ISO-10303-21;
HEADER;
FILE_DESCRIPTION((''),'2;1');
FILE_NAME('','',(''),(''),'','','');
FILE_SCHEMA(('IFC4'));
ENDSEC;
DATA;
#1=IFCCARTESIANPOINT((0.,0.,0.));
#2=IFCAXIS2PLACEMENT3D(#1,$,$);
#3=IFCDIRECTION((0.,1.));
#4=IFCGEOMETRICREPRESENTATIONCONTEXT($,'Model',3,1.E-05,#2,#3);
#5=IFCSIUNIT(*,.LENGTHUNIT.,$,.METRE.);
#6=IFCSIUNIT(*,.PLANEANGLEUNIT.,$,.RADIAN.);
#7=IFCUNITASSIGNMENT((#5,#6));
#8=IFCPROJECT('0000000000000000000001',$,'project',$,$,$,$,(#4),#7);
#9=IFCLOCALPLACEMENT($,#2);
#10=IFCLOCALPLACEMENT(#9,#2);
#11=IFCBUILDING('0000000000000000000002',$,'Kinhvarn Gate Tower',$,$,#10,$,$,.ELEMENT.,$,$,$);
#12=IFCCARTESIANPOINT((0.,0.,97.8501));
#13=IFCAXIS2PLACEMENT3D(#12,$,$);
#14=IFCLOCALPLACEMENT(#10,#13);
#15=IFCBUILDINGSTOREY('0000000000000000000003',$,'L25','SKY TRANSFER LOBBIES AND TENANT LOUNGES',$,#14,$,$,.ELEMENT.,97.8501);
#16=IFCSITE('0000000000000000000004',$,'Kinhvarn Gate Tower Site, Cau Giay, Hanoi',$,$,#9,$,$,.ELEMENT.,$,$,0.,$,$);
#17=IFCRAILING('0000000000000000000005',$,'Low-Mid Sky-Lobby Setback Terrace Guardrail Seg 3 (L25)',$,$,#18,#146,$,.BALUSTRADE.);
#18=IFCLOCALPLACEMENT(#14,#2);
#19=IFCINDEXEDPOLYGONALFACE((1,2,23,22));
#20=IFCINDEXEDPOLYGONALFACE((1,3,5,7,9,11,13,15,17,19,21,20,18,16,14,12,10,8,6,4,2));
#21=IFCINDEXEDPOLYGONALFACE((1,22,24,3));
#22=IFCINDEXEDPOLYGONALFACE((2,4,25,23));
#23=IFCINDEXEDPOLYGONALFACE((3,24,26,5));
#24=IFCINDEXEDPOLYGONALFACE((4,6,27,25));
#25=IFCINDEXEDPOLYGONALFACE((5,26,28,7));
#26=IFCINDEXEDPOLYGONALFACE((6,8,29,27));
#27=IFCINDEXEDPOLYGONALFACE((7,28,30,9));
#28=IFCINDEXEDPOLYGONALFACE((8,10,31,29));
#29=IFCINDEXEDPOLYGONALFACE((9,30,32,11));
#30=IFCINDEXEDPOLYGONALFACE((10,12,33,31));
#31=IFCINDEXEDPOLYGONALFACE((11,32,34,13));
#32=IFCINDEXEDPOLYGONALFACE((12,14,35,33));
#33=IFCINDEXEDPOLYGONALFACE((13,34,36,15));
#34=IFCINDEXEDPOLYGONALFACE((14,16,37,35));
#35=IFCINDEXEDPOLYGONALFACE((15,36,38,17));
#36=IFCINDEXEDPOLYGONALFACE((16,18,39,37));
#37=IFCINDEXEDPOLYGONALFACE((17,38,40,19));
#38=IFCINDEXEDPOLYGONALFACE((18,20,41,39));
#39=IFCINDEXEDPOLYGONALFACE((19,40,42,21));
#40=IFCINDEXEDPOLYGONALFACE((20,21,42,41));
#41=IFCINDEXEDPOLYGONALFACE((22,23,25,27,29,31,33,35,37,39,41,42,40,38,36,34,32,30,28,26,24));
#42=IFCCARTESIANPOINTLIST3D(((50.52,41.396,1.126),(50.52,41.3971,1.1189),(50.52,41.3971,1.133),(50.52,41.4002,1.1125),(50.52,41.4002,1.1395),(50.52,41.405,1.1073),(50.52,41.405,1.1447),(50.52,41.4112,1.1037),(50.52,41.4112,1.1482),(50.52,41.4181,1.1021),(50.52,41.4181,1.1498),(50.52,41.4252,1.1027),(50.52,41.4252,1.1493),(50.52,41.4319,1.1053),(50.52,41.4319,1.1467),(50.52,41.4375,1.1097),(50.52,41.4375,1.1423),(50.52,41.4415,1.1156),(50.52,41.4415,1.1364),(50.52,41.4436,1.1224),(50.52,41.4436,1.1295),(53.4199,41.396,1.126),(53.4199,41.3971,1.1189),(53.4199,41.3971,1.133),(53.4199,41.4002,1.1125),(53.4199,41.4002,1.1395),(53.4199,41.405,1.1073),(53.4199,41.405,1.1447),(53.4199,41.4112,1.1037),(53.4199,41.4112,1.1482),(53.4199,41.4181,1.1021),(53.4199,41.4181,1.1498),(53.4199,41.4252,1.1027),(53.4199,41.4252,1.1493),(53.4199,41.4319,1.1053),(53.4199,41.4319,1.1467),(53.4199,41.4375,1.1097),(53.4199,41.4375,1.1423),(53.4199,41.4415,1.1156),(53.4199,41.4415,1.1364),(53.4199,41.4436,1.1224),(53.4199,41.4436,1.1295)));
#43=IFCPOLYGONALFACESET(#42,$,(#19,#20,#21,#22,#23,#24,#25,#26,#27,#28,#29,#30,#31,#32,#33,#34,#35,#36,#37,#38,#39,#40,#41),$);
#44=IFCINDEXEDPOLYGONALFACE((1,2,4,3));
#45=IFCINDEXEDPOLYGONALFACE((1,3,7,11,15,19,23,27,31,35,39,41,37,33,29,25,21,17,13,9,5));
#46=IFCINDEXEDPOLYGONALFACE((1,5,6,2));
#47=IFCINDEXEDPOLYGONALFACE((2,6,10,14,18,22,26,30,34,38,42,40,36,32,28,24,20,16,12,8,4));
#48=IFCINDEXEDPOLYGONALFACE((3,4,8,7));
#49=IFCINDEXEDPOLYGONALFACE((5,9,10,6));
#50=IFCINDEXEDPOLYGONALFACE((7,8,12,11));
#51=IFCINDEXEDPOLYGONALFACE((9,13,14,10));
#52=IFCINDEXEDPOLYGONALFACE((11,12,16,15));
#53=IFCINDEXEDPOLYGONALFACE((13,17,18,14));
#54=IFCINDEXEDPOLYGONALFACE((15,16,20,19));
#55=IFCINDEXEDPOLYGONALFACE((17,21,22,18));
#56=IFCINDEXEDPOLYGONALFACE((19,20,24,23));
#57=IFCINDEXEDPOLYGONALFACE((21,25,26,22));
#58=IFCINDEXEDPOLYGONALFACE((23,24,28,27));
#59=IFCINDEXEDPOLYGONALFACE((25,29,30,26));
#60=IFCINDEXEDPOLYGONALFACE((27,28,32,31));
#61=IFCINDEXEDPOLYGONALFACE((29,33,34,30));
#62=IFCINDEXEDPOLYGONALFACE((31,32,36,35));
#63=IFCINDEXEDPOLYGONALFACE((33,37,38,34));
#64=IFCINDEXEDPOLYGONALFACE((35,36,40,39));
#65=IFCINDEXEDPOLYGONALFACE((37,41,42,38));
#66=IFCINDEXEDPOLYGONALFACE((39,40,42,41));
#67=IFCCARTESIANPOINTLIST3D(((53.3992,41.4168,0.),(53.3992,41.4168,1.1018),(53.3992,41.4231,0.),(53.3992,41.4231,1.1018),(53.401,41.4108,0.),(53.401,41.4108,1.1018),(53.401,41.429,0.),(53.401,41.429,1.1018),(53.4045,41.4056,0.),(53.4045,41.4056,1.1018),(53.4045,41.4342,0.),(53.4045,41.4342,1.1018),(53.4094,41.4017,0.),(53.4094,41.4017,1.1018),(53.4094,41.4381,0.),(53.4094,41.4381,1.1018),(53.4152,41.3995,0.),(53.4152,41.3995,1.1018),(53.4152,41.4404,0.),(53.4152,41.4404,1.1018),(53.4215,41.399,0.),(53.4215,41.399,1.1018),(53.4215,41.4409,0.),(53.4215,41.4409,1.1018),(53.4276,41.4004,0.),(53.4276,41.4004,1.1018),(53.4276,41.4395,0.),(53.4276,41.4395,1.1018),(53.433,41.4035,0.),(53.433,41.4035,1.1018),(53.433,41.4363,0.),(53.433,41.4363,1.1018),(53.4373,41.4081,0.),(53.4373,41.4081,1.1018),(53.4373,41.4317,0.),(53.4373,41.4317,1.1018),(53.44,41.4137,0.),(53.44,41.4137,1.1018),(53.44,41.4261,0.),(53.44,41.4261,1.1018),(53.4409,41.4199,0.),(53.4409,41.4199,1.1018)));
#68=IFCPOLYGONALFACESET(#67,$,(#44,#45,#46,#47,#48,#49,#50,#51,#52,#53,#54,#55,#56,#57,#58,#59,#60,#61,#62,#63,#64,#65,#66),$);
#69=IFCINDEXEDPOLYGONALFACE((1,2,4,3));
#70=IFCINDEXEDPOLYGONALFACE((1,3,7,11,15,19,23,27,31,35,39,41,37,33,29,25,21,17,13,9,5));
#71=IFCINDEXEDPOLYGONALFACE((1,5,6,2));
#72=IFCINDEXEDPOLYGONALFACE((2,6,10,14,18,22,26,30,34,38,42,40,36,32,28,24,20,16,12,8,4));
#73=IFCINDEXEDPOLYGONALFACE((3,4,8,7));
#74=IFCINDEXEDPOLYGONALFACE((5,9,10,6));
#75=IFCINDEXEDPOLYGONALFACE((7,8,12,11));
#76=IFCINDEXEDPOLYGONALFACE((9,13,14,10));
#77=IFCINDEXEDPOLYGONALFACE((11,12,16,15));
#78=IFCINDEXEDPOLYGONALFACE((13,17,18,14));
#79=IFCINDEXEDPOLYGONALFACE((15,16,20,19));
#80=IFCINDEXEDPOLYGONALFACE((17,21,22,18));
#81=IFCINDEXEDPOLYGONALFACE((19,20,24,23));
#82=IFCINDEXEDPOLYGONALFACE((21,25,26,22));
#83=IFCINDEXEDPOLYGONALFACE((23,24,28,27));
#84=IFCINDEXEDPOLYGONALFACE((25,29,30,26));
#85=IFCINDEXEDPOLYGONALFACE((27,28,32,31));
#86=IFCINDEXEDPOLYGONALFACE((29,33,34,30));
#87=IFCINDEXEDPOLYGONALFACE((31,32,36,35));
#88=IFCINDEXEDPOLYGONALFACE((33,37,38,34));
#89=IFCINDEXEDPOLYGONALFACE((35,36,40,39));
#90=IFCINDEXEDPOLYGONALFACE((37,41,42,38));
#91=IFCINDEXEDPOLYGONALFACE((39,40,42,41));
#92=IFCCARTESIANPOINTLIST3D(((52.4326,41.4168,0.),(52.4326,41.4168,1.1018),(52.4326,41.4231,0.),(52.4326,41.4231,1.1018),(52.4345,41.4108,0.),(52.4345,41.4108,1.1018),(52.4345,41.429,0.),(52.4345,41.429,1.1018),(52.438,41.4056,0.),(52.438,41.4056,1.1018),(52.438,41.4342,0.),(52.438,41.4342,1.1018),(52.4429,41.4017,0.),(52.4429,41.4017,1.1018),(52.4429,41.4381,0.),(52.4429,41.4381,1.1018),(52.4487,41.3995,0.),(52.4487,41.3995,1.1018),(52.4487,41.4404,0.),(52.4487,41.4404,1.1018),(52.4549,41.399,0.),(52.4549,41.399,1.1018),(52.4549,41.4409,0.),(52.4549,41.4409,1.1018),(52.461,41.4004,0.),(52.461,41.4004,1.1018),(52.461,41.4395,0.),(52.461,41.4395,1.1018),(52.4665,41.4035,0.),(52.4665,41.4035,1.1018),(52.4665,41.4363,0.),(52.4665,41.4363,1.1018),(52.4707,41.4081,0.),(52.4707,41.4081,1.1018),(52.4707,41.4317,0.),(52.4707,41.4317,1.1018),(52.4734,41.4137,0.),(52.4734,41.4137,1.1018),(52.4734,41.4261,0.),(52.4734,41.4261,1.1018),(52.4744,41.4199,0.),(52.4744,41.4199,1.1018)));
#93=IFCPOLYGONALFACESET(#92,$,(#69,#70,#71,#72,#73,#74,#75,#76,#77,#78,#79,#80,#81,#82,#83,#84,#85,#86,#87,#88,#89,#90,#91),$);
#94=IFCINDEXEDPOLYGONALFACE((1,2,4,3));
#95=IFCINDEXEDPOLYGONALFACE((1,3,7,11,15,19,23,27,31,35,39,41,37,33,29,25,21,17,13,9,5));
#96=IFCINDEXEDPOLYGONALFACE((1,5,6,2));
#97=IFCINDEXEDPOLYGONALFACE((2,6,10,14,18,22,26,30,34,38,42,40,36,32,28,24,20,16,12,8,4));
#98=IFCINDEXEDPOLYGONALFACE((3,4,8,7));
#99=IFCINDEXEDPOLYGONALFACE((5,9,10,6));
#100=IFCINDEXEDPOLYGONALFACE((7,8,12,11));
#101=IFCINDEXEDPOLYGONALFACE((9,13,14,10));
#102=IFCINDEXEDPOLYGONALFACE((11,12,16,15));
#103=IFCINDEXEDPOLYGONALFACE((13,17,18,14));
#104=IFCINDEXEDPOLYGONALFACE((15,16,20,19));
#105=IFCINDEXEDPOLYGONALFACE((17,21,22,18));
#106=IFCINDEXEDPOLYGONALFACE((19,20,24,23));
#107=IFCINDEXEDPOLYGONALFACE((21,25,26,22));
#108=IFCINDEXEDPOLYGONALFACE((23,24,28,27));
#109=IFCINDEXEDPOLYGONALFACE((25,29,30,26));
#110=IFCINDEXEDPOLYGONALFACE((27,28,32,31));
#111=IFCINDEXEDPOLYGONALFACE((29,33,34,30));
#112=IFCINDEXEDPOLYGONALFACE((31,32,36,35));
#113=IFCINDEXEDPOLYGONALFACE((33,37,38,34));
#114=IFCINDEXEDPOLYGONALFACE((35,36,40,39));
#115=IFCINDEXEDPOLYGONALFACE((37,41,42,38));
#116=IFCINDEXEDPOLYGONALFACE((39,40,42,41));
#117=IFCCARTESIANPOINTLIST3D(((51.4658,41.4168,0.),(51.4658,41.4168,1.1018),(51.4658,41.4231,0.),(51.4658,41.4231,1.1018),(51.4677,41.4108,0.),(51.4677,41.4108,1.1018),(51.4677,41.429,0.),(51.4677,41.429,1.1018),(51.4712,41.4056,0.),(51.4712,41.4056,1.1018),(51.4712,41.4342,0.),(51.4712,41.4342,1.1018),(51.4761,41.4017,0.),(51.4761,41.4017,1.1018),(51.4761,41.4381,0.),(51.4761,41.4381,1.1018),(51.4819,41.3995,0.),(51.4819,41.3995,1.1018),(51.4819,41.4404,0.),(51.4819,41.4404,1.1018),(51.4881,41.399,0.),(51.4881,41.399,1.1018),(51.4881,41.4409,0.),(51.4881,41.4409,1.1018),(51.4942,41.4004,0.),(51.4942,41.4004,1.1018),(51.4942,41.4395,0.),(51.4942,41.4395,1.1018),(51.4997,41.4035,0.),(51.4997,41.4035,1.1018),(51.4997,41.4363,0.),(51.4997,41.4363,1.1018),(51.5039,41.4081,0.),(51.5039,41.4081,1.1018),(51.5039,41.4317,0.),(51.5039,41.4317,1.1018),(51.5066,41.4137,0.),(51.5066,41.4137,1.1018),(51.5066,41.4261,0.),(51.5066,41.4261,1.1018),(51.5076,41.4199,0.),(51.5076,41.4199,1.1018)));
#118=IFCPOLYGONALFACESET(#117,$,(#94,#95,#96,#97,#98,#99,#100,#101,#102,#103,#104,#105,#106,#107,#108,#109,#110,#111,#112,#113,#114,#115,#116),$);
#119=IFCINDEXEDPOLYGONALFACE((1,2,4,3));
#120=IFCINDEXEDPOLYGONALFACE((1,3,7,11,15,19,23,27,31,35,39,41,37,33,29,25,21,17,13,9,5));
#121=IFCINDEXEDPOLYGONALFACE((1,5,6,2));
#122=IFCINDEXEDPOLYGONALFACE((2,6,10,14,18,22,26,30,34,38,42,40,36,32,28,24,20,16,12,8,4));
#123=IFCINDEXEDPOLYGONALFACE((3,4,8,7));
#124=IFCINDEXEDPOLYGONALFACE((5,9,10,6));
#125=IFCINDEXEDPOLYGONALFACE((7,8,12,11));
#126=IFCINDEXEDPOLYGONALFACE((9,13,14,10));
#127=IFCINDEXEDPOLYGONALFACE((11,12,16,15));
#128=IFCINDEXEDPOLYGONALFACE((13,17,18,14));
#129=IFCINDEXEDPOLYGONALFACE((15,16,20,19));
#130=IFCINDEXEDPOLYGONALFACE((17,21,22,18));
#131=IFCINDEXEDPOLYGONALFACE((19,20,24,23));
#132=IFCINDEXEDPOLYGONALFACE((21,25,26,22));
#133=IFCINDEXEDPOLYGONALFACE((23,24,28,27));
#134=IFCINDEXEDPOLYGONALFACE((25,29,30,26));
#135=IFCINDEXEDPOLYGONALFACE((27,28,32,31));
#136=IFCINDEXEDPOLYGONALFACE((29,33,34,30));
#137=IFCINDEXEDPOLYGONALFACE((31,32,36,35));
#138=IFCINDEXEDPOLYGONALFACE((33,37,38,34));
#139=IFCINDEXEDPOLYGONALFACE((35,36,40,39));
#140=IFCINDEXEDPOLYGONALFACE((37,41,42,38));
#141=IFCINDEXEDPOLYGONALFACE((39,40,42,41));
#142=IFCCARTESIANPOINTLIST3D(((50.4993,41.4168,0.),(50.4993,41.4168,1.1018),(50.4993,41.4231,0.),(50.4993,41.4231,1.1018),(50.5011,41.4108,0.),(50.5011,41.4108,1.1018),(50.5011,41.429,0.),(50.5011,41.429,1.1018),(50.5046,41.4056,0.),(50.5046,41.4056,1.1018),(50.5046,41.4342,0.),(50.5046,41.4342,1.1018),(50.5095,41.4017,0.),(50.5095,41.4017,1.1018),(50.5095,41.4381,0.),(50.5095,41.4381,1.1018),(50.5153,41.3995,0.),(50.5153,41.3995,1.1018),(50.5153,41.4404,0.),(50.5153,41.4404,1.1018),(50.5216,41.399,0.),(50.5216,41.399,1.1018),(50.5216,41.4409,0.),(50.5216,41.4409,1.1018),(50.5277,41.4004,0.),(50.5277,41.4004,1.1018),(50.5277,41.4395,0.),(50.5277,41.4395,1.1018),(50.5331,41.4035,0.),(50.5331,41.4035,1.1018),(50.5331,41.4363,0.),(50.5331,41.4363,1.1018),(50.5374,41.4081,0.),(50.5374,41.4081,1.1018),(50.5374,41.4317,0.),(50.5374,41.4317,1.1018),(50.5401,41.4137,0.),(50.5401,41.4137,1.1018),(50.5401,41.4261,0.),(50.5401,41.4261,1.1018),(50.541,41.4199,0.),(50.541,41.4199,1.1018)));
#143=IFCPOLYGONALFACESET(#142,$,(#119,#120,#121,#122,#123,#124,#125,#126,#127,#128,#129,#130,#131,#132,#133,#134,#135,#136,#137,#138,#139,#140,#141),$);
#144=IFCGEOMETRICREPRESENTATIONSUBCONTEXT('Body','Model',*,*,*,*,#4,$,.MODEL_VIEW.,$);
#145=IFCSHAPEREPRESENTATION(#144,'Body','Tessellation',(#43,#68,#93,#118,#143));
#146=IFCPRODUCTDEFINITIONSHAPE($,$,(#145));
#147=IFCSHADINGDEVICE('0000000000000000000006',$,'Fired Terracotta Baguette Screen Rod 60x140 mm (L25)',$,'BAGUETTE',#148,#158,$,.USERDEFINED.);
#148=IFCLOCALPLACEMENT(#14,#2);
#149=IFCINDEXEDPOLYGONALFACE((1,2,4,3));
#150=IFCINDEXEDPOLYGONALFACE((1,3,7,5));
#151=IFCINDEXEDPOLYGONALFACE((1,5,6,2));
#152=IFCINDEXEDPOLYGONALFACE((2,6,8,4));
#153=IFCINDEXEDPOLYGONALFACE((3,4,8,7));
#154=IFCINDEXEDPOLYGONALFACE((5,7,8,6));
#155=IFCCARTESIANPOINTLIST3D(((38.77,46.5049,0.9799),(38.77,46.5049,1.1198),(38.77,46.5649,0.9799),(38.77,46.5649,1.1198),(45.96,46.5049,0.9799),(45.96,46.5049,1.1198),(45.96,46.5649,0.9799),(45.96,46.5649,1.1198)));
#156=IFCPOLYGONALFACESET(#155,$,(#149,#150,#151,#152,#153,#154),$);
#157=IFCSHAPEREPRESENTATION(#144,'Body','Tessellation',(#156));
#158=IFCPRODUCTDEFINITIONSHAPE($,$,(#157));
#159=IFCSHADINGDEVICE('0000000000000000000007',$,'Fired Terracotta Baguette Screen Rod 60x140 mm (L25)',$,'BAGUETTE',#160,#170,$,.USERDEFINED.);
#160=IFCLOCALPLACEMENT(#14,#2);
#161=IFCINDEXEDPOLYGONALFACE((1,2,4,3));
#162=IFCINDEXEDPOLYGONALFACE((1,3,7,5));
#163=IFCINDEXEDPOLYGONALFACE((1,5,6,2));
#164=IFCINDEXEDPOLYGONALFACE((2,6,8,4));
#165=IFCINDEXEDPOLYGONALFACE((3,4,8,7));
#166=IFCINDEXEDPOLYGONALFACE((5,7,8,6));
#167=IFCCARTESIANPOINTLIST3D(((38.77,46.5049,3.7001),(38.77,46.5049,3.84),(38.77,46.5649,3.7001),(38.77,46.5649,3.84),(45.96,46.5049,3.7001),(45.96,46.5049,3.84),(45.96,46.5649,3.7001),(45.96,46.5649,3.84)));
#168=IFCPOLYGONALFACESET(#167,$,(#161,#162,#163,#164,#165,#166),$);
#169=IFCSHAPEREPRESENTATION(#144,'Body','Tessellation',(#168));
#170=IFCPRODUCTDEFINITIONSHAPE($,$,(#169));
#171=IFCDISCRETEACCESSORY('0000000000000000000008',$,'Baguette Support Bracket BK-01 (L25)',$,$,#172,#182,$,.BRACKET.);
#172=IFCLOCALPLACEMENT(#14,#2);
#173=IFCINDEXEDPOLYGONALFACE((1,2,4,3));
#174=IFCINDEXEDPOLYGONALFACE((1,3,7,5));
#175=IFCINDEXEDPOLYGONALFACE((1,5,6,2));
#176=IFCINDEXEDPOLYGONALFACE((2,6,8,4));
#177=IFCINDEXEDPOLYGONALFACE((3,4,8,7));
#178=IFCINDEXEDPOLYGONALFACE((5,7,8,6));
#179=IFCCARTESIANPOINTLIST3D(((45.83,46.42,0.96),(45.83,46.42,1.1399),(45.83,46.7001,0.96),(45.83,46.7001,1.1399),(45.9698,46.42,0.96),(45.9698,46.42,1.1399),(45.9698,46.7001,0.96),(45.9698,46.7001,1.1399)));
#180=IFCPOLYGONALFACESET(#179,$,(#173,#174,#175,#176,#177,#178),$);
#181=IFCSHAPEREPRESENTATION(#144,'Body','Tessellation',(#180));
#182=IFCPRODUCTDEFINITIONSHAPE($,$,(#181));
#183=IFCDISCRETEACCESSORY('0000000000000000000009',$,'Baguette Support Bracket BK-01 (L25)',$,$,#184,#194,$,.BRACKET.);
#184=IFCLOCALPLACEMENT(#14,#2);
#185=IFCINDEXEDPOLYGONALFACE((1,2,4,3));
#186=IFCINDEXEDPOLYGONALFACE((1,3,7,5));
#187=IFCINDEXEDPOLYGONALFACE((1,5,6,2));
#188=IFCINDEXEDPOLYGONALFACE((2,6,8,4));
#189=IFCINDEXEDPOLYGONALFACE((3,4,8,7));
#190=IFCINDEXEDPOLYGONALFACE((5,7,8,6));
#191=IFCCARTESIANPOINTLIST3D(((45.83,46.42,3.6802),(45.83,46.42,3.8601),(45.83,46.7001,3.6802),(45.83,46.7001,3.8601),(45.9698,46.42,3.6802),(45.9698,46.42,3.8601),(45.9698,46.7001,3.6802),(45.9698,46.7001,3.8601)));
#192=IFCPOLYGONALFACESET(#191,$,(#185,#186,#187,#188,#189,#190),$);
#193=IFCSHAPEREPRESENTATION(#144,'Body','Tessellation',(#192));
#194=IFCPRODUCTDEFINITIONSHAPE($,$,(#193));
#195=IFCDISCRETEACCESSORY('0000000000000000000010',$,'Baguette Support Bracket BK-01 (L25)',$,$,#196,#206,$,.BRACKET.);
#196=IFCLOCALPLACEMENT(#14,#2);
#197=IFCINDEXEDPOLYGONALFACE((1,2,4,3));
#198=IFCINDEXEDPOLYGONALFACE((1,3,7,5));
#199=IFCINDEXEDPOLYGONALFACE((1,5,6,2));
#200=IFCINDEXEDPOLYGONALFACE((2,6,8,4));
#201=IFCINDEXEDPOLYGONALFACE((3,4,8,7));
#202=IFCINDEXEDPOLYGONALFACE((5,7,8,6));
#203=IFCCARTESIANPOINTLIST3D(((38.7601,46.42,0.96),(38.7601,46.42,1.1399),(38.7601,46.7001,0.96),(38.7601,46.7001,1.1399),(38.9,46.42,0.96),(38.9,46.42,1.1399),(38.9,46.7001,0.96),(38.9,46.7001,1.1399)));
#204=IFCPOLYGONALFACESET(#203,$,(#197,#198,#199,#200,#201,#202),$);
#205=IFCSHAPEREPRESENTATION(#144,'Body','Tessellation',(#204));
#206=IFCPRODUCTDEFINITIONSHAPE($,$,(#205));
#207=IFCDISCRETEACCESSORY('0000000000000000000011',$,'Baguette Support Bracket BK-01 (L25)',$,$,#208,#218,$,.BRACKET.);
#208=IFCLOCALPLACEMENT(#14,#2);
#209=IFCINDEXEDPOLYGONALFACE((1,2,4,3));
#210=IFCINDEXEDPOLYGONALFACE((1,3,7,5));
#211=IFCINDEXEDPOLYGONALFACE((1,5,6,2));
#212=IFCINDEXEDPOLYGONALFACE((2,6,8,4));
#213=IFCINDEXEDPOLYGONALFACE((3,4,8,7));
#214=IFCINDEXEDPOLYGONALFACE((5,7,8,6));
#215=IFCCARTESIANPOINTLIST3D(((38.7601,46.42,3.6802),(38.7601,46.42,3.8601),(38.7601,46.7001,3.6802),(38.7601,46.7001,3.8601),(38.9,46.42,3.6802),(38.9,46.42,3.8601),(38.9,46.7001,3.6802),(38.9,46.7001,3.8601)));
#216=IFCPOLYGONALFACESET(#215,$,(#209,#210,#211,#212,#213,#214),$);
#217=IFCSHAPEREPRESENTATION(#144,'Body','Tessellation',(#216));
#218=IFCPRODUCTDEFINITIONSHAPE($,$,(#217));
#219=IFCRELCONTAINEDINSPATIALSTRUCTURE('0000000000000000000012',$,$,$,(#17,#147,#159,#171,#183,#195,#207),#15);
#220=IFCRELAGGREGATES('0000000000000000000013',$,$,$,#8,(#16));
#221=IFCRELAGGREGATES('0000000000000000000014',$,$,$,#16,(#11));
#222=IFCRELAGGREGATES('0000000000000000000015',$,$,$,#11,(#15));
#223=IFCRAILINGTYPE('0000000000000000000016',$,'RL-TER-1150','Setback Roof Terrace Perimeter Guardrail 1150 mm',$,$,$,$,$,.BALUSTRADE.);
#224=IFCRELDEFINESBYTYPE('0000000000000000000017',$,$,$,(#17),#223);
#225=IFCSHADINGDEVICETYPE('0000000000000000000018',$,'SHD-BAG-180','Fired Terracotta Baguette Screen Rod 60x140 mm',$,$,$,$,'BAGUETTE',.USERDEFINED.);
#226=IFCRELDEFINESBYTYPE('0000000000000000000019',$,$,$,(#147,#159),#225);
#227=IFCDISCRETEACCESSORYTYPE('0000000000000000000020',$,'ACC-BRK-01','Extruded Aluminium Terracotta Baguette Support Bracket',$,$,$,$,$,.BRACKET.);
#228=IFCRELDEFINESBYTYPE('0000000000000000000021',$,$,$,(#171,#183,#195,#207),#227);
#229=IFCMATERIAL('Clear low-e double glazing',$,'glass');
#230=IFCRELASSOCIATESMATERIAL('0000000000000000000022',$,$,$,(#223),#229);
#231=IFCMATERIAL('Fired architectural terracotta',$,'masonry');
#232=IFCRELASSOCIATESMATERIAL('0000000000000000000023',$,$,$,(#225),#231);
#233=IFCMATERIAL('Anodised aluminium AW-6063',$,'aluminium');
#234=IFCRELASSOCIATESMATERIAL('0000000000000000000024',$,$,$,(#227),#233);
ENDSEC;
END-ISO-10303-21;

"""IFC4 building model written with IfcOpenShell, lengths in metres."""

from ifc_helpers import new_model, si_unit, direction, frame, origin, origin_2d, place, context, subcontext, project, spatial, rectangle, circle, extrude, material, material_profile, profile_set, type_object, element, save


model = new_model("IFC4")

# Units and contexts
model_context = context("Model", 3, precision=1e-05, world=origin(), true_north=direction((0.0, 1.0)))
body_context = subcontext(model_context, "Body", "Model", "MODEL_VIEW")
ifc_project = project(units=[si_unit("LENGTHUNIT", "METRE"), si_unit("PLANEANGLEUNIT", "RADIAN")], contexts=[model_context])

# Site, building, storey
site_placement = place(None, origin())
site = spatial("IfcSite", under=ifc_project, at=site_placement, Name="Kinhvarn Gate Tower Site, Cau Giay, Hanoi", CompositionType="ELEMENT", RefElevation=0.0)
building_placement = place(site_placement, origin())
building = spatial("IfcBuilding", under=site, at=building_placement, Name="Kinhvarn Gate Tower", CompositionType="ELEMENT")
storey_placement = place(building_placement, frame((0.0, 0.0, 97.8501)))
storey = spatial("IfcBuildingStorey", under=building, at=storey_placement, Name="L25", Description="SKY TRANSFER LOBBIES AND TENANT LOUNGES", CompositionType="ELEMENT", Elevation=97.8501)

# Shared definitions
ifc_material_1 = material(Name="Anodised aluminium AW-6063", Category="aluminium")

# Shared definitions
ifc_material_2 = material(Name="Clear low-e double glazing", Category="glass")

# Railing
railing_type = type_object("IfcRailingType", Name="RL-TER-1150", Description="Setback Roof Terrace Perimeter Guardrail 1150 mm", PredefinedType="BALUSTRADE", material=ifc_material_2)
railing_placement = place(storey_placement, frame((53.4199, 41.4199, 0.0)))
element("IfcRailing", 1, at=railing_placement, inside=storey, type_object=railing_type, Name="Low-Mid Sky-Lobby Setback Terrace Guardrail Seg 3 (L25)", PredefinedType="BALUSTRADE", context=body_context, shape_type="SweptSolid", body=[
    extrude(circle(Radius=0.0239, at=origin_2d()), frame((0.0, 0.0, 1.126), z_axis=(-1.0, 0.0, 0.0), x_axis=(0.0, -1.0, 0.0)), (0.0, 0.0, 1.0), 2.8999),
    extrude(circle(Radius=0.021, at=origin_2d()), origin(), (0.0, 0.0, 1.0), 1.1018),
    extrude(circle(Radius=0.021, at=origin_2d()), frame((-0.9666, 0.0, 0.0)), (0.0, 0.0, 1.0), 1.1018),
    extrude(circle(Radius=0.021, at=origin_2d()), frame((-1.9333, 0.0, 0.0)), (0.0, 0.0, 1.0), 1.1018),
    extrude(circle(Radius=0.021, at=origin_2d()), frame((-2.8999, 0.0, 0.0)), (0.0, 0.0, 1.0), 1.1018),
])

# Shading devices
ifc_material_3 = material(Name="Fired architectural terracotta", Category="masonry")
ifc_material_profile_1 = material_profile(ifc_material_3, rectangle(XDim=0.0601, YDim=0.1399, at=origin_2d()), Name="TC 60x140")
ifc_profile_set_1 = profile_set([ifc_material_profile_1], Name="Fired architectural terracotta")
shading_device_type = type_object("IfcShadingDeviceType", Name="SHD-BAG-180", Description="Fired Terracotta Baguette Screen Rod 60x140 mm", ElementType="BAGUETTE", PredefinedType="USERDEFINED", material=ifc_profile_set_1)
for number, where, z_axis, x_axis, name in (
    (2, (45.96, 46.5349, 1.0498), (-1.0, 0.0, 0.0), (0.0, -1.0, 0.0), "Fired Terracotta Baguette Screen Rod 60x140 mm (L25)"),
    (3, (45.96, 46.5349, 3.77), (-1.0, 0.0, 0.0), (0.0, -1.0, 0.0), "Fired Terracotta Baguette Screen Rod 60x140 mm (L25)"),
):
    element("IfcShadingDevice", number, at=place(storey_placement, frame(where, z_axis=z_axis, x_axis=x_axis)), inside=storey, type_object=shading_device_type, Name=name, ObjectType="BAGUETTE", PredefinedType="USERDEFINED", context=body_context, shape_type="SweptSolid", body=[
        extrude(rectangle(XDim=0.0601, YDim=0.1399, at=origin_2d()), origin(), (0.0, 0.0, 1.0), 7.1899),
    ])

# Discrete accessories
discrete_accessory_type = type_object("IfcDiscreteAccessoryType", Name="ACC-BRK-01", Description="Extruded Aluminium Terracotta Baguette Support Bracket", PredefinedType="BRACKET", material=ifc_material_1)
for number, where, z_axis, x_axis, name in (
    (4, (45.8999, 46.5601, 0.96), (0.0, 0.0, 1.0), (-1.0, 0.0, 0.0), "Baguette Support Bracket BK-01 (L25)"),
    (5, (45.8999, 46.5601, 3.6802), (0.0, 0.0, 1.0), (-1.0, 0.0, 0.0), "Baguette Support Bracket BK-01 (L25)"),
    (6, (38.8301, 46.5601, 0.96), (0.0, 0.0, 1.0), (-1.0, 0.0, 0.0), "Baguette Support Bracket BK-01 (L25)"),
    (7, (38.8301, 46.5601, 3.6802), (0.0, 0.0, 1.0), (-1.0, 0.0, 0.0), "Baguette Support Bracket BK-01 (L25)"),
):
    element("IfcDiscreteAccessory", number, at=place(storey_placement, frame(where, z_axis=z_axis, x_axis=x_axis)), inside=storey, type_object=discrete_accessory_type, Name=name, PredefinedType="BRACKET", context=body_context, shape_type="SweptSolid", body=[
        extrude(rectangle(XDim=0.1399, YDim=0.28, at=origin_2d()), origin(), (0.0, 0.0, 1.0), 0.1799),
    ])

save(model, "model.ifc")
